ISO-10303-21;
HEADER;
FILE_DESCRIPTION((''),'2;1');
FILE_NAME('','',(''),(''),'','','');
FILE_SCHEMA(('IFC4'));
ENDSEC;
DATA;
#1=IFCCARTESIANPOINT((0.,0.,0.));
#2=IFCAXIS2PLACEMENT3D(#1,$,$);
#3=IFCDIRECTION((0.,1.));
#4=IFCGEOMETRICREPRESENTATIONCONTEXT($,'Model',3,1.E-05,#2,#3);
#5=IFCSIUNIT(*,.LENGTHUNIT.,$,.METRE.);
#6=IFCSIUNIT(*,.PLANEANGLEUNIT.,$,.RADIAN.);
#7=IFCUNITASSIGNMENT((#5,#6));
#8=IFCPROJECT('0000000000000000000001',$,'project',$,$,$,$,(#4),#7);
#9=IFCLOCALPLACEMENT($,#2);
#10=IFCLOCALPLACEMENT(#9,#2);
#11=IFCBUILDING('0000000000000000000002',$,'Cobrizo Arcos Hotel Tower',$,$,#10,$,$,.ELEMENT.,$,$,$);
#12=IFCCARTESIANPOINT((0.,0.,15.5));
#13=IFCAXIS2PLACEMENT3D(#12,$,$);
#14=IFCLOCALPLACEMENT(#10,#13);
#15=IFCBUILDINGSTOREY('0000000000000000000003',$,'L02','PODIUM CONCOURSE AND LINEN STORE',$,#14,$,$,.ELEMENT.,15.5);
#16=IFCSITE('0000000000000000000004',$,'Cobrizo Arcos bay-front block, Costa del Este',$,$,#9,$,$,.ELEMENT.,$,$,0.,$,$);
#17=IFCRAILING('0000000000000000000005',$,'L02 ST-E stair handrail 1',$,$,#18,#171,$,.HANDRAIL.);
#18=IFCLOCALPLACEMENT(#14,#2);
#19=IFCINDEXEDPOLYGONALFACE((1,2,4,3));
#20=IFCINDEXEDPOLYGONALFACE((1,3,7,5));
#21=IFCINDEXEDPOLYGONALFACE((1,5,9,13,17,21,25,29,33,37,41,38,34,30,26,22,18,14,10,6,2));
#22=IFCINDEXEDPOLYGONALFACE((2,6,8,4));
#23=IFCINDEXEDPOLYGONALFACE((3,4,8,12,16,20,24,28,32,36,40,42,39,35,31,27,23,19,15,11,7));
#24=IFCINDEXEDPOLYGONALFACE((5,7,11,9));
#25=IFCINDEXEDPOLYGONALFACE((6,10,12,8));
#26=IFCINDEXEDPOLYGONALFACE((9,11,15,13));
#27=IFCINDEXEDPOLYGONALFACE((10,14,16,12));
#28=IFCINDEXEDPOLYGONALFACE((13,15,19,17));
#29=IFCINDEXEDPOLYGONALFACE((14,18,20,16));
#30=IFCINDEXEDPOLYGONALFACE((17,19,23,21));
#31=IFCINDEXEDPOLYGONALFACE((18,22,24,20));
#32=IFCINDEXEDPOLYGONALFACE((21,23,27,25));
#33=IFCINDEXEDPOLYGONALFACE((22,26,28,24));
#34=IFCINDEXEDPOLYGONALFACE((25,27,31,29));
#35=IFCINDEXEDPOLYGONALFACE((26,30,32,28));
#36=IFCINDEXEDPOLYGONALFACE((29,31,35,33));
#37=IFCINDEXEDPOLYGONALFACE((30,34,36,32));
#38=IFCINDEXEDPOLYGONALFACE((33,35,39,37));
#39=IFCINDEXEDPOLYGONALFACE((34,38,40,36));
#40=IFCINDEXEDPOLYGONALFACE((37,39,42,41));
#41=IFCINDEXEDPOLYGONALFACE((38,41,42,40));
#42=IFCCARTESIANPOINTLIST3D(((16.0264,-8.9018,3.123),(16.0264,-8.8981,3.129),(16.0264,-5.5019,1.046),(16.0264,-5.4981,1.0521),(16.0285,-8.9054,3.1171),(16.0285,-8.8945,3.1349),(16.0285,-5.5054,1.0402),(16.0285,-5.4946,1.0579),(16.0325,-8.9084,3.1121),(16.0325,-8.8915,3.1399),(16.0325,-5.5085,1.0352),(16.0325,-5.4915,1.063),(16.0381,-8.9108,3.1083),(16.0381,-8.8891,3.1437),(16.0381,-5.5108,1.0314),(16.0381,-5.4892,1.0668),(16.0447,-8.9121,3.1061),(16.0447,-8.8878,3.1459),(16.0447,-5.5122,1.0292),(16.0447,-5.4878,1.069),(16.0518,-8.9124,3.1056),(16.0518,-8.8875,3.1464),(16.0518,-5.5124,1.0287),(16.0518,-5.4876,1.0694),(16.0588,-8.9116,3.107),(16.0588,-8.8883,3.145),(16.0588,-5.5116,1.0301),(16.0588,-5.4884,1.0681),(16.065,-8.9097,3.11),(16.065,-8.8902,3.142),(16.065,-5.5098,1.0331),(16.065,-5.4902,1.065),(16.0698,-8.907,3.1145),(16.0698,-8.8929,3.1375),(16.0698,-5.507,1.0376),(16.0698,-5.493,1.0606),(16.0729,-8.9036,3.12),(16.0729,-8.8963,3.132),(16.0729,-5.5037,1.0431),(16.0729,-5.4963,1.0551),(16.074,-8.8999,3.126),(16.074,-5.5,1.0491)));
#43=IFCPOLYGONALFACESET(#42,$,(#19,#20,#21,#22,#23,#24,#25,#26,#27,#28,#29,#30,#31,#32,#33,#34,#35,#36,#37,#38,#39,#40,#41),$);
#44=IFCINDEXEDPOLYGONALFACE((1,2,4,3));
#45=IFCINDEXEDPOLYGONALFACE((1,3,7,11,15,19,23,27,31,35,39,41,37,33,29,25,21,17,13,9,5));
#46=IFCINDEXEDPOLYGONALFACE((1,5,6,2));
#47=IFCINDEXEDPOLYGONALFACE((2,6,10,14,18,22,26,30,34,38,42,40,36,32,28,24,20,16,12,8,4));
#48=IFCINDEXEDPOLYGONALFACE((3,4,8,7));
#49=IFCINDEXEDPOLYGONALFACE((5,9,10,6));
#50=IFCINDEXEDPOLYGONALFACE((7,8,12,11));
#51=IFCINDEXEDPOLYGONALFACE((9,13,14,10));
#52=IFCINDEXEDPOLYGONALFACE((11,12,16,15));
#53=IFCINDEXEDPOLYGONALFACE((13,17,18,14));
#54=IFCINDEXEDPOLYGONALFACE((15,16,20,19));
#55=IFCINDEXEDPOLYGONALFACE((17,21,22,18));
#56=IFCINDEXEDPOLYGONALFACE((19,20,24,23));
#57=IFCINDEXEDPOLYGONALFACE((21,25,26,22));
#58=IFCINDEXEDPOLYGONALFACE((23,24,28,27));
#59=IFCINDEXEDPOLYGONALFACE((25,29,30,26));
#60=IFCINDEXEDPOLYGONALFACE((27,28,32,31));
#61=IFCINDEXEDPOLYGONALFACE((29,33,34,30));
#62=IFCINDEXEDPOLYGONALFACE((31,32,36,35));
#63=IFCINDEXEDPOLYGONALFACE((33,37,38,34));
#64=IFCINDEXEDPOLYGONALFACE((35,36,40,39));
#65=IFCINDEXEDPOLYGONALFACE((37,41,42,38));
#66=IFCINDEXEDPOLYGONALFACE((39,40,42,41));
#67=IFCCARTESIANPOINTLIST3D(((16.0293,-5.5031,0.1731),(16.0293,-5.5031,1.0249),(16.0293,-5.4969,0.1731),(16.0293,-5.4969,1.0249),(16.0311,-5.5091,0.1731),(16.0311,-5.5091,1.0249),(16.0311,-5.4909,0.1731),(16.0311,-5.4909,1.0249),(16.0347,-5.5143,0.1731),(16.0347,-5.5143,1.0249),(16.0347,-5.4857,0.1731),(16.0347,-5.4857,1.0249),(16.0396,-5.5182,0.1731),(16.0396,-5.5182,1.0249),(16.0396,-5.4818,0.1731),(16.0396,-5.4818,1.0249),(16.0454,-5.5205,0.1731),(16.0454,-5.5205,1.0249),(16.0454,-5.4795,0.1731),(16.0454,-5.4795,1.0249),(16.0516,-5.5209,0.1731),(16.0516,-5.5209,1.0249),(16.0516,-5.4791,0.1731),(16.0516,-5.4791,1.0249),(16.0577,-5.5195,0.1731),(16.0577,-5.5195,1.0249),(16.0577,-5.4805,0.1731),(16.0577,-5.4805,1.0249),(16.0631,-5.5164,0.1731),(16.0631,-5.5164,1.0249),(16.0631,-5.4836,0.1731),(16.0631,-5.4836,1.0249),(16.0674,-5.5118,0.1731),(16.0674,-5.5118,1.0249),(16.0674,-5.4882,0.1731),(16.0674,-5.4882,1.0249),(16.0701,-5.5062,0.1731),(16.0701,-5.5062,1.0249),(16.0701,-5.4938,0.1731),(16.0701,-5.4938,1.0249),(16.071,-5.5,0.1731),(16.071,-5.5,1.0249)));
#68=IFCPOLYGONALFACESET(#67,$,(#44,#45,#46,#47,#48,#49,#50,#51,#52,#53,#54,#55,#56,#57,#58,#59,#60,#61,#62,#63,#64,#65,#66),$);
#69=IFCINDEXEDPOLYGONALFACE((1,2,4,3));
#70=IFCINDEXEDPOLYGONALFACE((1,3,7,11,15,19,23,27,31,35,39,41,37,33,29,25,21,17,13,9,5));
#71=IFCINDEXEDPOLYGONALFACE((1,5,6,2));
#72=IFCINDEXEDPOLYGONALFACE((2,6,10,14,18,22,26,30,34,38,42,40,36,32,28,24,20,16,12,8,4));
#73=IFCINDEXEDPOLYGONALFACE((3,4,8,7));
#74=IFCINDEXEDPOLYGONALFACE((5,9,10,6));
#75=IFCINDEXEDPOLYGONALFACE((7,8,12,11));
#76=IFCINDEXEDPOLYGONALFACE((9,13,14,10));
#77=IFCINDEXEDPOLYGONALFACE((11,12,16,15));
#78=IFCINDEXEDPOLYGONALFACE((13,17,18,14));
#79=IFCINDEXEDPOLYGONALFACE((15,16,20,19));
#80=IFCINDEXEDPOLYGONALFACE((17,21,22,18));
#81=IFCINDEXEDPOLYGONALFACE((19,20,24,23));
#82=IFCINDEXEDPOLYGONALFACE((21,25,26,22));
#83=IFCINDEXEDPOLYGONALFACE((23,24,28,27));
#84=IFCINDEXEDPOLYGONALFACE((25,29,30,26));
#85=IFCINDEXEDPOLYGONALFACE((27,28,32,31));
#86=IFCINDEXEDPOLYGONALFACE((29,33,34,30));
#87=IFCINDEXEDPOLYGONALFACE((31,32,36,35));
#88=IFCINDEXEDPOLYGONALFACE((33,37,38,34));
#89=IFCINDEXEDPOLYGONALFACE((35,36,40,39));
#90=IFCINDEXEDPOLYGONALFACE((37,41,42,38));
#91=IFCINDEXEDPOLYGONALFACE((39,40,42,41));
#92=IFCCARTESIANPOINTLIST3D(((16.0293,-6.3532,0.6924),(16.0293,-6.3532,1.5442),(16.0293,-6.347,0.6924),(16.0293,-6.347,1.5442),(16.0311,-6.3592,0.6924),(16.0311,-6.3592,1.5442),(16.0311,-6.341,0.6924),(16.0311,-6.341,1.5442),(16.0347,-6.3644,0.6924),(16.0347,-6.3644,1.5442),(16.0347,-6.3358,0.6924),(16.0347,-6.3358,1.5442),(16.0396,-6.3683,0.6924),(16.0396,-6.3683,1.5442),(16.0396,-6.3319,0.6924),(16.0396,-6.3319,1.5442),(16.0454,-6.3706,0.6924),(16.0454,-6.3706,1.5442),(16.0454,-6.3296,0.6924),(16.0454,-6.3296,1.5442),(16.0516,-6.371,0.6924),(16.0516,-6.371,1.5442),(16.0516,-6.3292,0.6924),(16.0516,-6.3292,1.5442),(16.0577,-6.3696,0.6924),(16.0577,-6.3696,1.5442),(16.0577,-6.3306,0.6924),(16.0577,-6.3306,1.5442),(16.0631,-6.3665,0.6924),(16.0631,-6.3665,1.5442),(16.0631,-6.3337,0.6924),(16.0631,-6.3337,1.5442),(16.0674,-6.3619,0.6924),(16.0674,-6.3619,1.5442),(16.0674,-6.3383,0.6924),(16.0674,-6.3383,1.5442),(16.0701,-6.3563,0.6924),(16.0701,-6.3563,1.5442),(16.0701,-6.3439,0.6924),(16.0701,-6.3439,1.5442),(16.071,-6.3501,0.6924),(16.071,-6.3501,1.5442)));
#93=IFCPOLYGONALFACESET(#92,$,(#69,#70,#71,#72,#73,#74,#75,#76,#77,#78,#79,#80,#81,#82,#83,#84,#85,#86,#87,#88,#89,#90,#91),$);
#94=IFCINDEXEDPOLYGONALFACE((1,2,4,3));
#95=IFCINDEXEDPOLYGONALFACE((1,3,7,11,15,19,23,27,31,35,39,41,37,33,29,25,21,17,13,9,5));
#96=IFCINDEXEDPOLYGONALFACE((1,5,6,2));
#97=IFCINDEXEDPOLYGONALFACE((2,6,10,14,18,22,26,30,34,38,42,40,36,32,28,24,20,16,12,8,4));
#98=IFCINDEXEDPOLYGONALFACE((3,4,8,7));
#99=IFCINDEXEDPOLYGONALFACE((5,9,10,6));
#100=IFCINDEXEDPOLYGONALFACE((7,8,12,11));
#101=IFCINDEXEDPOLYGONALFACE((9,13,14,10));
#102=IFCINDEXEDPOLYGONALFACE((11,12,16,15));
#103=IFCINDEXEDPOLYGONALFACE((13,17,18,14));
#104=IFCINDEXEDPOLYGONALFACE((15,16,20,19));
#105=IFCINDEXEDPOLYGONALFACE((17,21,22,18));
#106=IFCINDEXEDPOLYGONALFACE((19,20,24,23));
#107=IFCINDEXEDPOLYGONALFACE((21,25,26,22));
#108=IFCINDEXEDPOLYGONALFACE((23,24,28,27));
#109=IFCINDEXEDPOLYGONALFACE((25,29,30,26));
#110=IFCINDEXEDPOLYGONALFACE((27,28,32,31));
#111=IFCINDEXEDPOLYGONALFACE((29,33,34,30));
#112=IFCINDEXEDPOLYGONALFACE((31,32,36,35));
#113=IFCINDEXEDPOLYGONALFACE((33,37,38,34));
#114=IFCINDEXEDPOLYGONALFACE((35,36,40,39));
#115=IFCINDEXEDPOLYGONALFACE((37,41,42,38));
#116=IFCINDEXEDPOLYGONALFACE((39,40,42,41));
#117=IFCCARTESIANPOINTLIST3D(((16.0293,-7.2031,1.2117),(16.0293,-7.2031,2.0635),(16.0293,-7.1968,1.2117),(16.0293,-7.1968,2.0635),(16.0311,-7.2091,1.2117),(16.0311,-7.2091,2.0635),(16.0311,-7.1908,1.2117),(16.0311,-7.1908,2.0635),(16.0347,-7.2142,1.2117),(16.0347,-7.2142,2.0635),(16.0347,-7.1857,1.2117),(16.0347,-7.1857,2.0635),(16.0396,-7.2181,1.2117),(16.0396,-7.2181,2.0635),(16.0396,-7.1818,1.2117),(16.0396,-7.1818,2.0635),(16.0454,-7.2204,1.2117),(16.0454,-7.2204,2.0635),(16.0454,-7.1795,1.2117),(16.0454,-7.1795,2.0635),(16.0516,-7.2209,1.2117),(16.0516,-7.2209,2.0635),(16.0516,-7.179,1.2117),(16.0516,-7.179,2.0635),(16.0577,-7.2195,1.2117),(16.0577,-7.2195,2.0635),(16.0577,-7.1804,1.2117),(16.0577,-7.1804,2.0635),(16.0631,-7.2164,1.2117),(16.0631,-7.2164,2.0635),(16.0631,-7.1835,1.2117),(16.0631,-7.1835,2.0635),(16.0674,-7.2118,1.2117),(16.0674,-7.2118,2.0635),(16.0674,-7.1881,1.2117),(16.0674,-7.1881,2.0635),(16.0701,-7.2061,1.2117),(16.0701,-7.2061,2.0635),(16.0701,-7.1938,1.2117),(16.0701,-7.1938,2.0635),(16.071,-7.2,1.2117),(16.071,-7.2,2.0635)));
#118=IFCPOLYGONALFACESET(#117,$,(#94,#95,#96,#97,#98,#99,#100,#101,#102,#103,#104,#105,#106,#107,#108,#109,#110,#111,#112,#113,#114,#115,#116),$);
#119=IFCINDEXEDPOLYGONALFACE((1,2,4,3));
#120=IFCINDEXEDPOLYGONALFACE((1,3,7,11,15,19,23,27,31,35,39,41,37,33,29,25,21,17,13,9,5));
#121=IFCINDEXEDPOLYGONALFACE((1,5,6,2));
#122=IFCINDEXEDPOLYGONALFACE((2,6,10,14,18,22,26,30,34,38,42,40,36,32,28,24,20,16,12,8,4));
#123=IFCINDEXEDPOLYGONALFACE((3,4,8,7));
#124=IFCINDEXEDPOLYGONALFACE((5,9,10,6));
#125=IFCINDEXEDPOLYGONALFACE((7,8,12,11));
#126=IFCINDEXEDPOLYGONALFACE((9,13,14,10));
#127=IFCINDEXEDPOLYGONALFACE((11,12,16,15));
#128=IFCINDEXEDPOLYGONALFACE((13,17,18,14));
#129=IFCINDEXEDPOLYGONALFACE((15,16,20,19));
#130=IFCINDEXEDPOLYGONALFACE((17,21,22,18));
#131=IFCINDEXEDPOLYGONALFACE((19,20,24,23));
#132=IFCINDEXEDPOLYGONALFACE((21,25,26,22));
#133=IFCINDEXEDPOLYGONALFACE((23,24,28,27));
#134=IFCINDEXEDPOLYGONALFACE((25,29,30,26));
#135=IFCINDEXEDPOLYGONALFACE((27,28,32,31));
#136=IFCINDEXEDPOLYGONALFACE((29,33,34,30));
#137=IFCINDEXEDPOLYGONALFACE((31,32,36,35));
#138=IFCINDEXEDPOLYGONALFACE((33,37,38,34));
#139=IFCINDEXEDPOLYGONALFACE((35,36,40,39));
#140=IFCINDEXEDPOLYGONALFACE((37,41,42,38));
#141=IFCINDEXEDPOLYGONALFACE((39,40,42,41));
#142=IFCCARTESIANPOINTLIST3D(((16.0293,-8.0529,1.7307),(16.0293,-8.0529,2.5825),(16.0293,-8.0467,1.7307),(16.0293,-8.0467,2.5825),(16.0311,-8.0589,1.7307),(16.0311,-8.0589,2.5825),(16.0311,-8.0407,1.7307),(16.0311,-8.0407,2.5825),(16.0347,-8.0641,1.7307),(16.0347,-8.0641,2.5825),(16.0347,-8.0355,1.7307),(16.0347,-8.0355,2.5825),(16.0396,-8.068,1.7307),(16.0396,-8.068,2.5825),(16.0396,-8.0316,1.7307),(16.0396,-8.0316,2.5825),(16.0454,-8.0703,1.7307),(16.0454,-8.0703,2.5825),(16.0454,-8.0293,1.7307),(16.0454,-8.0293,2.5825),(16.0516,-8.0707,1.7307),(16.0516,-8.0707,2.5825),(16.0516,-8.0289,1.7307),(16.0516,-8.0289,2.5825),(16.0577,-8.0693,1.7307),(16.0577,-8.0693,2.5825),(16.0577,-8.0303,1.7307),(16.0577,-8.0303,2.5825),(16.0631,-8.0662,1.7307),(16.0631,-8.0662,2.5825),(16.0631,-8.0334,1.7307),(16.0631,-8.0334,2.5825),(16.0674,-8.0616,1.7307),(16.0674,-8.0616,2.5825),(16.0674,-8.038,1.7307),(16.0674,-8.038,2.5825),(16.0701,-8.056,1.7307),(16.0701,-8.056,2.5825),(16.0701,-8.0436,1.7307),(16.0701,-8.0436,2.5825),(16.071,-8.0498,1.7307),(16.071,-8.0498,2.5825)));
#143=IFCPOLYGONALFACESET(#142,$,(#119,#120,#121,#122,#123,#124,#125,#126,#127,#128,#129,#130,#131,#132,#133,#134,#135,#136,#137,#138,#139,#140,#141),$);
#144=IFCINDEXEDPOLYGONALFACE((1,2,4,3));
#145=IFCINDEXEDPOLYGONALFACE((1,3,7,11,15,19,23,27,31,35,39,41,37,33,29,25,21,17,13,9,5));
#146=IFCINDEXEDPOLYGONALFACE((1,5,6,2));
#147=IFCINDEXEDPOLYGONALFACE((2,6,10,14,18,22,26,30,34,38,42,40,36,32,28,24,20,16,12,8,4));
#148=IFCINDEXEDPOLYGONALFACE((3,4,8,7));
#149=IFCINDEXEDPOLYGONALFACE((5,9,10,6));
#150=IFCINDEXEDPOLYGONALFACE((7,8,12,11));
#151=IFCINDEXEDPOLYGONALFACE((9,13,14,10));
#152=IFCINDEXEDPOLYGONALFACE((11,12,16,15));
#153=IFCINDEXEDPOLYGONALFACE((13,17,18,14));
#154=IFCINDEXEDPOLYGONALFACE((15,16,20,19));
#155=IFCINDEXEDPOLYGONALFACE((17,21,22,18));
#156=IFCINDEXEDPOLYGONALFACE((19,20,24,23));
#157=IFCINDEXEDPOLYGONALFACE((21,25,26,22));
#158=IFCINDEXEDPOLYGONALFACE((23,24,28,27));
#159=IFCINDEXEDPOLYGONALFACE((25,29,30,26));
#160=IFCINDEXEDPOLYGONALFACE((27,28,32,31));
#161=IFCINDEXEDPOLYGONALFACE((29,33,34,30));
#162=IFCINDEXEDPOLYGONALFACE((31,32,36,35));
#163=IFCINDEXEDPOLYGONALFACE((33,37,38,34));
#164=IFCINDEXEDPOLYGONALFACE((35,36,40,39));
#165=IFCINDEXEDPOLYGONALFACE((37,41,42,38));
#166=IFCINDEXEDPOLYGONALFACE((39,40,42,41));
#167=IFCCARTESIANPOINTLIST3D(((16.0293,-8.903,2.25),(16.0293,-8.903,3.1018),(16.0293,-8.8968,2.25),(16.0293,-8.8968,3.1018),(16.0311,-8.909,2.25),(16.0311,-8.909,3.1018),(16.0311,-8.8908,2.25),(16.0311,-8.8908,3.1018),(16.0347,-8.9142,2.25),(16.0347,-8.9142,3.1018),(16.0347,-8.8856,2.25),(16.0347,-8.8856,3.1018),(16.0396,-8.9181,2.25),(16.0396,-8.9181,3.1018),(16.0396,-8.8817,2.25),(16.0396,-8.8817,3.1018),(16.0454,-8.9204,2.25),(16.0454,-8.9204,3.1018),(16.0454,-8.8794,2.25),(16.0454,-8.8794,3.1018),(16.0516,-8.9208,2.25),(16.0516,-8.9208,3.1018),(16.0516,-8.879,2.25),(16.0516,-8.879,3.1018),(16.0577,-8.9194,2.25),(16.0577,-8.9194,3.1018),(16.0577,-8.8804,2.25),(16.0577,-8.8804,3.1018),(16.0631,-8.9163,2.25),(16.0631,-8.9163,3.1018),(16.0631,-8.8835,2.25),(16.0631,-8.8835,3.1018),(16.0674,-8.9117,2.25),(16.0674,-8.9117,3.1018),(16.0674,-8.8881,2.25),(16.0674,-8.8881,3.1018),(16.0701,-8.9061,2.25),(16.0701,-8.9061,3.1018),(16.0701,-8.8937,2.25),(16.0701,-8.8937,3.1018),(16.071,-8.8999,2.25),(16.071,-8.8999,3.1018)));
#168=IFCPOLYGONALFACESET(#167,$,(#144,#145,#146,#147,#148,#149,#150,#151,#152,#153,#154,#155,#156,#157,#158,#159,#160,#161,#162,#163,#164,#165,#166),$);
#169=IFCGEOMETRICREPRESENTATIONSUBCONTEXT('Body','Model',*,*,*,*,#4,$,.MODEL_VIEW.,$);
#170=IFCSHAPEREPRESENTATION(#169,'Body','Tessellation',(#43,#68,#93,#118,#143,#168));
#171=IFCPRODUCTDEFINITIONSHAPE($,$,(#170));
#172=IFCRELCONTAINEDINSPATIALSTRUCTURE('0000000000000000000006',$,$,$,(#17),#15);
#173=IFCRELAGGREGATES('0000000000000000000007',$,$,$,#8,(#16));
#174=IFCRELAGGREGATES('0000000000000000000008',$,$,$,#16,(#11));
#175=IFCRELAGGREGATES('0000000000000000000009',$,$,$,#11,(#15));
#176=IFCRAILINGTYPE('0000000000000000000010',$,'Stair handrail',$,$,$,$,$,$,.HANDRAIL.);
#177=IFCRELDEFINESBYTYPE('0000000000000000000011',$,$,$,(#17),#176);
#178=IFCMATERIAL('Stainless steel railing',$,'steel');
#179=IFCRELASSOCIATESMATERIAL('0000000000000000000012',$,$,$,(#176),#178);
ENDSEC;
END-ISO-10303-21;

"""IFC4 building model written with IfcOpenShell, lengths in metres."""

from ifc_helpers import new_model, si_unit, direction, frame, origin, origin_2d, place, context, subcontext, project, spatial, circle, extrude, material, type_object, element, save


model = new_model("IFC4")

# Units and contexts
model_context = context("Model", 3, precision=1e-05, world=origin(), true_north=direction((0.0, 1.0)))
body_context = subcontext(model_context, "Body", "Model", "MODEL_VIEW")
ifc_project = project(units=[si_unit("LENGTHUNIT", "METRE"), si_unit("PLANEANGLEUNIT", "RADIAN")], contexts=[model_context])

# Site, building, storey
site_placement = place(None, origin())
site = spatial("IfcSite", under=ifc_project, at=site_placement, Name="Cobrizo Arcos bay-front block, Costa del Este", CompositionType="ELEMENT", RefElevation=0.0)
building_placement = place(site_placement, origin())
building = spatial("IfcBuilding", under=site, at=building_placement, Name="Cobrizo Arcos Hotel Tower", CompositionType="ELEMENT")
storey_placement = place(building_placement, frame((0.0, 0.0, 15.5)))
storey = spatial("IfcBuildingStorey", under=building, at=storey_placement, Name="L02", Description="PODIUM CONCOURSE AND LINEN STORE", CompositionType="ELEMENT", Elevation=15.5)

# Railing
ifc_material_1 = material(Name="Stainless steel railing", Category="steel")
railing_type_1 = type_object("IfcRailingType", Name="Stair handrail", PredefinedType="HANDRAIL", material=ifc_material_1)
railing_1_placement = place(storey_placement, frame((16.05, -5.5, 0.1731)))
element("IfcRailing", 1, at=railing_1_placement, inside=storey, type_object=railing_type_1, Name="L02 ST-E stair handrail 1", PredefinedType="HANDRAIL", context=body_context, shape_type="SweptSolid", body=[
    extrude(circle(Radius=0.0239, at=origin_2d()), frame((0.0, 0.0, 0.876), z_axis=(0.0, -0.853373, 0.521301), x_axis=(1.0, 0.0, 0.0)), (0.0, 0.0, 1.0), 3.9841),
    extrude(circle(Radius=0.021, at=origin_2d()), origin(), (0.0, 0.0, 1.0), 0.8518),
    extrude(circle(Radius=0.021, at=origin_2d()), frame((0.0, -0.8501, 0.5193)), (0.0, 0.0, 1.0), 0.8518),
    extrude(circle(Radius=0.021, at=origin_2d()), frame((0.0, -1.7, 1.0386)), (0.0, 0.0, 1.0), 0.8518),
    extrude(circle(Radius=0.021, at=origin_2d()), frame((0.0, -2.5498, 1.5576)), (0.0, 0.0, 1.0), 0.8518),
    extrude(circle(Radius=0.021, at=origin_2d()), frame((0.0, -3.3999, 2.0769)), (0.0, 0.0, 1.0), 0.8518),
])

save(model, "model.ifc")
